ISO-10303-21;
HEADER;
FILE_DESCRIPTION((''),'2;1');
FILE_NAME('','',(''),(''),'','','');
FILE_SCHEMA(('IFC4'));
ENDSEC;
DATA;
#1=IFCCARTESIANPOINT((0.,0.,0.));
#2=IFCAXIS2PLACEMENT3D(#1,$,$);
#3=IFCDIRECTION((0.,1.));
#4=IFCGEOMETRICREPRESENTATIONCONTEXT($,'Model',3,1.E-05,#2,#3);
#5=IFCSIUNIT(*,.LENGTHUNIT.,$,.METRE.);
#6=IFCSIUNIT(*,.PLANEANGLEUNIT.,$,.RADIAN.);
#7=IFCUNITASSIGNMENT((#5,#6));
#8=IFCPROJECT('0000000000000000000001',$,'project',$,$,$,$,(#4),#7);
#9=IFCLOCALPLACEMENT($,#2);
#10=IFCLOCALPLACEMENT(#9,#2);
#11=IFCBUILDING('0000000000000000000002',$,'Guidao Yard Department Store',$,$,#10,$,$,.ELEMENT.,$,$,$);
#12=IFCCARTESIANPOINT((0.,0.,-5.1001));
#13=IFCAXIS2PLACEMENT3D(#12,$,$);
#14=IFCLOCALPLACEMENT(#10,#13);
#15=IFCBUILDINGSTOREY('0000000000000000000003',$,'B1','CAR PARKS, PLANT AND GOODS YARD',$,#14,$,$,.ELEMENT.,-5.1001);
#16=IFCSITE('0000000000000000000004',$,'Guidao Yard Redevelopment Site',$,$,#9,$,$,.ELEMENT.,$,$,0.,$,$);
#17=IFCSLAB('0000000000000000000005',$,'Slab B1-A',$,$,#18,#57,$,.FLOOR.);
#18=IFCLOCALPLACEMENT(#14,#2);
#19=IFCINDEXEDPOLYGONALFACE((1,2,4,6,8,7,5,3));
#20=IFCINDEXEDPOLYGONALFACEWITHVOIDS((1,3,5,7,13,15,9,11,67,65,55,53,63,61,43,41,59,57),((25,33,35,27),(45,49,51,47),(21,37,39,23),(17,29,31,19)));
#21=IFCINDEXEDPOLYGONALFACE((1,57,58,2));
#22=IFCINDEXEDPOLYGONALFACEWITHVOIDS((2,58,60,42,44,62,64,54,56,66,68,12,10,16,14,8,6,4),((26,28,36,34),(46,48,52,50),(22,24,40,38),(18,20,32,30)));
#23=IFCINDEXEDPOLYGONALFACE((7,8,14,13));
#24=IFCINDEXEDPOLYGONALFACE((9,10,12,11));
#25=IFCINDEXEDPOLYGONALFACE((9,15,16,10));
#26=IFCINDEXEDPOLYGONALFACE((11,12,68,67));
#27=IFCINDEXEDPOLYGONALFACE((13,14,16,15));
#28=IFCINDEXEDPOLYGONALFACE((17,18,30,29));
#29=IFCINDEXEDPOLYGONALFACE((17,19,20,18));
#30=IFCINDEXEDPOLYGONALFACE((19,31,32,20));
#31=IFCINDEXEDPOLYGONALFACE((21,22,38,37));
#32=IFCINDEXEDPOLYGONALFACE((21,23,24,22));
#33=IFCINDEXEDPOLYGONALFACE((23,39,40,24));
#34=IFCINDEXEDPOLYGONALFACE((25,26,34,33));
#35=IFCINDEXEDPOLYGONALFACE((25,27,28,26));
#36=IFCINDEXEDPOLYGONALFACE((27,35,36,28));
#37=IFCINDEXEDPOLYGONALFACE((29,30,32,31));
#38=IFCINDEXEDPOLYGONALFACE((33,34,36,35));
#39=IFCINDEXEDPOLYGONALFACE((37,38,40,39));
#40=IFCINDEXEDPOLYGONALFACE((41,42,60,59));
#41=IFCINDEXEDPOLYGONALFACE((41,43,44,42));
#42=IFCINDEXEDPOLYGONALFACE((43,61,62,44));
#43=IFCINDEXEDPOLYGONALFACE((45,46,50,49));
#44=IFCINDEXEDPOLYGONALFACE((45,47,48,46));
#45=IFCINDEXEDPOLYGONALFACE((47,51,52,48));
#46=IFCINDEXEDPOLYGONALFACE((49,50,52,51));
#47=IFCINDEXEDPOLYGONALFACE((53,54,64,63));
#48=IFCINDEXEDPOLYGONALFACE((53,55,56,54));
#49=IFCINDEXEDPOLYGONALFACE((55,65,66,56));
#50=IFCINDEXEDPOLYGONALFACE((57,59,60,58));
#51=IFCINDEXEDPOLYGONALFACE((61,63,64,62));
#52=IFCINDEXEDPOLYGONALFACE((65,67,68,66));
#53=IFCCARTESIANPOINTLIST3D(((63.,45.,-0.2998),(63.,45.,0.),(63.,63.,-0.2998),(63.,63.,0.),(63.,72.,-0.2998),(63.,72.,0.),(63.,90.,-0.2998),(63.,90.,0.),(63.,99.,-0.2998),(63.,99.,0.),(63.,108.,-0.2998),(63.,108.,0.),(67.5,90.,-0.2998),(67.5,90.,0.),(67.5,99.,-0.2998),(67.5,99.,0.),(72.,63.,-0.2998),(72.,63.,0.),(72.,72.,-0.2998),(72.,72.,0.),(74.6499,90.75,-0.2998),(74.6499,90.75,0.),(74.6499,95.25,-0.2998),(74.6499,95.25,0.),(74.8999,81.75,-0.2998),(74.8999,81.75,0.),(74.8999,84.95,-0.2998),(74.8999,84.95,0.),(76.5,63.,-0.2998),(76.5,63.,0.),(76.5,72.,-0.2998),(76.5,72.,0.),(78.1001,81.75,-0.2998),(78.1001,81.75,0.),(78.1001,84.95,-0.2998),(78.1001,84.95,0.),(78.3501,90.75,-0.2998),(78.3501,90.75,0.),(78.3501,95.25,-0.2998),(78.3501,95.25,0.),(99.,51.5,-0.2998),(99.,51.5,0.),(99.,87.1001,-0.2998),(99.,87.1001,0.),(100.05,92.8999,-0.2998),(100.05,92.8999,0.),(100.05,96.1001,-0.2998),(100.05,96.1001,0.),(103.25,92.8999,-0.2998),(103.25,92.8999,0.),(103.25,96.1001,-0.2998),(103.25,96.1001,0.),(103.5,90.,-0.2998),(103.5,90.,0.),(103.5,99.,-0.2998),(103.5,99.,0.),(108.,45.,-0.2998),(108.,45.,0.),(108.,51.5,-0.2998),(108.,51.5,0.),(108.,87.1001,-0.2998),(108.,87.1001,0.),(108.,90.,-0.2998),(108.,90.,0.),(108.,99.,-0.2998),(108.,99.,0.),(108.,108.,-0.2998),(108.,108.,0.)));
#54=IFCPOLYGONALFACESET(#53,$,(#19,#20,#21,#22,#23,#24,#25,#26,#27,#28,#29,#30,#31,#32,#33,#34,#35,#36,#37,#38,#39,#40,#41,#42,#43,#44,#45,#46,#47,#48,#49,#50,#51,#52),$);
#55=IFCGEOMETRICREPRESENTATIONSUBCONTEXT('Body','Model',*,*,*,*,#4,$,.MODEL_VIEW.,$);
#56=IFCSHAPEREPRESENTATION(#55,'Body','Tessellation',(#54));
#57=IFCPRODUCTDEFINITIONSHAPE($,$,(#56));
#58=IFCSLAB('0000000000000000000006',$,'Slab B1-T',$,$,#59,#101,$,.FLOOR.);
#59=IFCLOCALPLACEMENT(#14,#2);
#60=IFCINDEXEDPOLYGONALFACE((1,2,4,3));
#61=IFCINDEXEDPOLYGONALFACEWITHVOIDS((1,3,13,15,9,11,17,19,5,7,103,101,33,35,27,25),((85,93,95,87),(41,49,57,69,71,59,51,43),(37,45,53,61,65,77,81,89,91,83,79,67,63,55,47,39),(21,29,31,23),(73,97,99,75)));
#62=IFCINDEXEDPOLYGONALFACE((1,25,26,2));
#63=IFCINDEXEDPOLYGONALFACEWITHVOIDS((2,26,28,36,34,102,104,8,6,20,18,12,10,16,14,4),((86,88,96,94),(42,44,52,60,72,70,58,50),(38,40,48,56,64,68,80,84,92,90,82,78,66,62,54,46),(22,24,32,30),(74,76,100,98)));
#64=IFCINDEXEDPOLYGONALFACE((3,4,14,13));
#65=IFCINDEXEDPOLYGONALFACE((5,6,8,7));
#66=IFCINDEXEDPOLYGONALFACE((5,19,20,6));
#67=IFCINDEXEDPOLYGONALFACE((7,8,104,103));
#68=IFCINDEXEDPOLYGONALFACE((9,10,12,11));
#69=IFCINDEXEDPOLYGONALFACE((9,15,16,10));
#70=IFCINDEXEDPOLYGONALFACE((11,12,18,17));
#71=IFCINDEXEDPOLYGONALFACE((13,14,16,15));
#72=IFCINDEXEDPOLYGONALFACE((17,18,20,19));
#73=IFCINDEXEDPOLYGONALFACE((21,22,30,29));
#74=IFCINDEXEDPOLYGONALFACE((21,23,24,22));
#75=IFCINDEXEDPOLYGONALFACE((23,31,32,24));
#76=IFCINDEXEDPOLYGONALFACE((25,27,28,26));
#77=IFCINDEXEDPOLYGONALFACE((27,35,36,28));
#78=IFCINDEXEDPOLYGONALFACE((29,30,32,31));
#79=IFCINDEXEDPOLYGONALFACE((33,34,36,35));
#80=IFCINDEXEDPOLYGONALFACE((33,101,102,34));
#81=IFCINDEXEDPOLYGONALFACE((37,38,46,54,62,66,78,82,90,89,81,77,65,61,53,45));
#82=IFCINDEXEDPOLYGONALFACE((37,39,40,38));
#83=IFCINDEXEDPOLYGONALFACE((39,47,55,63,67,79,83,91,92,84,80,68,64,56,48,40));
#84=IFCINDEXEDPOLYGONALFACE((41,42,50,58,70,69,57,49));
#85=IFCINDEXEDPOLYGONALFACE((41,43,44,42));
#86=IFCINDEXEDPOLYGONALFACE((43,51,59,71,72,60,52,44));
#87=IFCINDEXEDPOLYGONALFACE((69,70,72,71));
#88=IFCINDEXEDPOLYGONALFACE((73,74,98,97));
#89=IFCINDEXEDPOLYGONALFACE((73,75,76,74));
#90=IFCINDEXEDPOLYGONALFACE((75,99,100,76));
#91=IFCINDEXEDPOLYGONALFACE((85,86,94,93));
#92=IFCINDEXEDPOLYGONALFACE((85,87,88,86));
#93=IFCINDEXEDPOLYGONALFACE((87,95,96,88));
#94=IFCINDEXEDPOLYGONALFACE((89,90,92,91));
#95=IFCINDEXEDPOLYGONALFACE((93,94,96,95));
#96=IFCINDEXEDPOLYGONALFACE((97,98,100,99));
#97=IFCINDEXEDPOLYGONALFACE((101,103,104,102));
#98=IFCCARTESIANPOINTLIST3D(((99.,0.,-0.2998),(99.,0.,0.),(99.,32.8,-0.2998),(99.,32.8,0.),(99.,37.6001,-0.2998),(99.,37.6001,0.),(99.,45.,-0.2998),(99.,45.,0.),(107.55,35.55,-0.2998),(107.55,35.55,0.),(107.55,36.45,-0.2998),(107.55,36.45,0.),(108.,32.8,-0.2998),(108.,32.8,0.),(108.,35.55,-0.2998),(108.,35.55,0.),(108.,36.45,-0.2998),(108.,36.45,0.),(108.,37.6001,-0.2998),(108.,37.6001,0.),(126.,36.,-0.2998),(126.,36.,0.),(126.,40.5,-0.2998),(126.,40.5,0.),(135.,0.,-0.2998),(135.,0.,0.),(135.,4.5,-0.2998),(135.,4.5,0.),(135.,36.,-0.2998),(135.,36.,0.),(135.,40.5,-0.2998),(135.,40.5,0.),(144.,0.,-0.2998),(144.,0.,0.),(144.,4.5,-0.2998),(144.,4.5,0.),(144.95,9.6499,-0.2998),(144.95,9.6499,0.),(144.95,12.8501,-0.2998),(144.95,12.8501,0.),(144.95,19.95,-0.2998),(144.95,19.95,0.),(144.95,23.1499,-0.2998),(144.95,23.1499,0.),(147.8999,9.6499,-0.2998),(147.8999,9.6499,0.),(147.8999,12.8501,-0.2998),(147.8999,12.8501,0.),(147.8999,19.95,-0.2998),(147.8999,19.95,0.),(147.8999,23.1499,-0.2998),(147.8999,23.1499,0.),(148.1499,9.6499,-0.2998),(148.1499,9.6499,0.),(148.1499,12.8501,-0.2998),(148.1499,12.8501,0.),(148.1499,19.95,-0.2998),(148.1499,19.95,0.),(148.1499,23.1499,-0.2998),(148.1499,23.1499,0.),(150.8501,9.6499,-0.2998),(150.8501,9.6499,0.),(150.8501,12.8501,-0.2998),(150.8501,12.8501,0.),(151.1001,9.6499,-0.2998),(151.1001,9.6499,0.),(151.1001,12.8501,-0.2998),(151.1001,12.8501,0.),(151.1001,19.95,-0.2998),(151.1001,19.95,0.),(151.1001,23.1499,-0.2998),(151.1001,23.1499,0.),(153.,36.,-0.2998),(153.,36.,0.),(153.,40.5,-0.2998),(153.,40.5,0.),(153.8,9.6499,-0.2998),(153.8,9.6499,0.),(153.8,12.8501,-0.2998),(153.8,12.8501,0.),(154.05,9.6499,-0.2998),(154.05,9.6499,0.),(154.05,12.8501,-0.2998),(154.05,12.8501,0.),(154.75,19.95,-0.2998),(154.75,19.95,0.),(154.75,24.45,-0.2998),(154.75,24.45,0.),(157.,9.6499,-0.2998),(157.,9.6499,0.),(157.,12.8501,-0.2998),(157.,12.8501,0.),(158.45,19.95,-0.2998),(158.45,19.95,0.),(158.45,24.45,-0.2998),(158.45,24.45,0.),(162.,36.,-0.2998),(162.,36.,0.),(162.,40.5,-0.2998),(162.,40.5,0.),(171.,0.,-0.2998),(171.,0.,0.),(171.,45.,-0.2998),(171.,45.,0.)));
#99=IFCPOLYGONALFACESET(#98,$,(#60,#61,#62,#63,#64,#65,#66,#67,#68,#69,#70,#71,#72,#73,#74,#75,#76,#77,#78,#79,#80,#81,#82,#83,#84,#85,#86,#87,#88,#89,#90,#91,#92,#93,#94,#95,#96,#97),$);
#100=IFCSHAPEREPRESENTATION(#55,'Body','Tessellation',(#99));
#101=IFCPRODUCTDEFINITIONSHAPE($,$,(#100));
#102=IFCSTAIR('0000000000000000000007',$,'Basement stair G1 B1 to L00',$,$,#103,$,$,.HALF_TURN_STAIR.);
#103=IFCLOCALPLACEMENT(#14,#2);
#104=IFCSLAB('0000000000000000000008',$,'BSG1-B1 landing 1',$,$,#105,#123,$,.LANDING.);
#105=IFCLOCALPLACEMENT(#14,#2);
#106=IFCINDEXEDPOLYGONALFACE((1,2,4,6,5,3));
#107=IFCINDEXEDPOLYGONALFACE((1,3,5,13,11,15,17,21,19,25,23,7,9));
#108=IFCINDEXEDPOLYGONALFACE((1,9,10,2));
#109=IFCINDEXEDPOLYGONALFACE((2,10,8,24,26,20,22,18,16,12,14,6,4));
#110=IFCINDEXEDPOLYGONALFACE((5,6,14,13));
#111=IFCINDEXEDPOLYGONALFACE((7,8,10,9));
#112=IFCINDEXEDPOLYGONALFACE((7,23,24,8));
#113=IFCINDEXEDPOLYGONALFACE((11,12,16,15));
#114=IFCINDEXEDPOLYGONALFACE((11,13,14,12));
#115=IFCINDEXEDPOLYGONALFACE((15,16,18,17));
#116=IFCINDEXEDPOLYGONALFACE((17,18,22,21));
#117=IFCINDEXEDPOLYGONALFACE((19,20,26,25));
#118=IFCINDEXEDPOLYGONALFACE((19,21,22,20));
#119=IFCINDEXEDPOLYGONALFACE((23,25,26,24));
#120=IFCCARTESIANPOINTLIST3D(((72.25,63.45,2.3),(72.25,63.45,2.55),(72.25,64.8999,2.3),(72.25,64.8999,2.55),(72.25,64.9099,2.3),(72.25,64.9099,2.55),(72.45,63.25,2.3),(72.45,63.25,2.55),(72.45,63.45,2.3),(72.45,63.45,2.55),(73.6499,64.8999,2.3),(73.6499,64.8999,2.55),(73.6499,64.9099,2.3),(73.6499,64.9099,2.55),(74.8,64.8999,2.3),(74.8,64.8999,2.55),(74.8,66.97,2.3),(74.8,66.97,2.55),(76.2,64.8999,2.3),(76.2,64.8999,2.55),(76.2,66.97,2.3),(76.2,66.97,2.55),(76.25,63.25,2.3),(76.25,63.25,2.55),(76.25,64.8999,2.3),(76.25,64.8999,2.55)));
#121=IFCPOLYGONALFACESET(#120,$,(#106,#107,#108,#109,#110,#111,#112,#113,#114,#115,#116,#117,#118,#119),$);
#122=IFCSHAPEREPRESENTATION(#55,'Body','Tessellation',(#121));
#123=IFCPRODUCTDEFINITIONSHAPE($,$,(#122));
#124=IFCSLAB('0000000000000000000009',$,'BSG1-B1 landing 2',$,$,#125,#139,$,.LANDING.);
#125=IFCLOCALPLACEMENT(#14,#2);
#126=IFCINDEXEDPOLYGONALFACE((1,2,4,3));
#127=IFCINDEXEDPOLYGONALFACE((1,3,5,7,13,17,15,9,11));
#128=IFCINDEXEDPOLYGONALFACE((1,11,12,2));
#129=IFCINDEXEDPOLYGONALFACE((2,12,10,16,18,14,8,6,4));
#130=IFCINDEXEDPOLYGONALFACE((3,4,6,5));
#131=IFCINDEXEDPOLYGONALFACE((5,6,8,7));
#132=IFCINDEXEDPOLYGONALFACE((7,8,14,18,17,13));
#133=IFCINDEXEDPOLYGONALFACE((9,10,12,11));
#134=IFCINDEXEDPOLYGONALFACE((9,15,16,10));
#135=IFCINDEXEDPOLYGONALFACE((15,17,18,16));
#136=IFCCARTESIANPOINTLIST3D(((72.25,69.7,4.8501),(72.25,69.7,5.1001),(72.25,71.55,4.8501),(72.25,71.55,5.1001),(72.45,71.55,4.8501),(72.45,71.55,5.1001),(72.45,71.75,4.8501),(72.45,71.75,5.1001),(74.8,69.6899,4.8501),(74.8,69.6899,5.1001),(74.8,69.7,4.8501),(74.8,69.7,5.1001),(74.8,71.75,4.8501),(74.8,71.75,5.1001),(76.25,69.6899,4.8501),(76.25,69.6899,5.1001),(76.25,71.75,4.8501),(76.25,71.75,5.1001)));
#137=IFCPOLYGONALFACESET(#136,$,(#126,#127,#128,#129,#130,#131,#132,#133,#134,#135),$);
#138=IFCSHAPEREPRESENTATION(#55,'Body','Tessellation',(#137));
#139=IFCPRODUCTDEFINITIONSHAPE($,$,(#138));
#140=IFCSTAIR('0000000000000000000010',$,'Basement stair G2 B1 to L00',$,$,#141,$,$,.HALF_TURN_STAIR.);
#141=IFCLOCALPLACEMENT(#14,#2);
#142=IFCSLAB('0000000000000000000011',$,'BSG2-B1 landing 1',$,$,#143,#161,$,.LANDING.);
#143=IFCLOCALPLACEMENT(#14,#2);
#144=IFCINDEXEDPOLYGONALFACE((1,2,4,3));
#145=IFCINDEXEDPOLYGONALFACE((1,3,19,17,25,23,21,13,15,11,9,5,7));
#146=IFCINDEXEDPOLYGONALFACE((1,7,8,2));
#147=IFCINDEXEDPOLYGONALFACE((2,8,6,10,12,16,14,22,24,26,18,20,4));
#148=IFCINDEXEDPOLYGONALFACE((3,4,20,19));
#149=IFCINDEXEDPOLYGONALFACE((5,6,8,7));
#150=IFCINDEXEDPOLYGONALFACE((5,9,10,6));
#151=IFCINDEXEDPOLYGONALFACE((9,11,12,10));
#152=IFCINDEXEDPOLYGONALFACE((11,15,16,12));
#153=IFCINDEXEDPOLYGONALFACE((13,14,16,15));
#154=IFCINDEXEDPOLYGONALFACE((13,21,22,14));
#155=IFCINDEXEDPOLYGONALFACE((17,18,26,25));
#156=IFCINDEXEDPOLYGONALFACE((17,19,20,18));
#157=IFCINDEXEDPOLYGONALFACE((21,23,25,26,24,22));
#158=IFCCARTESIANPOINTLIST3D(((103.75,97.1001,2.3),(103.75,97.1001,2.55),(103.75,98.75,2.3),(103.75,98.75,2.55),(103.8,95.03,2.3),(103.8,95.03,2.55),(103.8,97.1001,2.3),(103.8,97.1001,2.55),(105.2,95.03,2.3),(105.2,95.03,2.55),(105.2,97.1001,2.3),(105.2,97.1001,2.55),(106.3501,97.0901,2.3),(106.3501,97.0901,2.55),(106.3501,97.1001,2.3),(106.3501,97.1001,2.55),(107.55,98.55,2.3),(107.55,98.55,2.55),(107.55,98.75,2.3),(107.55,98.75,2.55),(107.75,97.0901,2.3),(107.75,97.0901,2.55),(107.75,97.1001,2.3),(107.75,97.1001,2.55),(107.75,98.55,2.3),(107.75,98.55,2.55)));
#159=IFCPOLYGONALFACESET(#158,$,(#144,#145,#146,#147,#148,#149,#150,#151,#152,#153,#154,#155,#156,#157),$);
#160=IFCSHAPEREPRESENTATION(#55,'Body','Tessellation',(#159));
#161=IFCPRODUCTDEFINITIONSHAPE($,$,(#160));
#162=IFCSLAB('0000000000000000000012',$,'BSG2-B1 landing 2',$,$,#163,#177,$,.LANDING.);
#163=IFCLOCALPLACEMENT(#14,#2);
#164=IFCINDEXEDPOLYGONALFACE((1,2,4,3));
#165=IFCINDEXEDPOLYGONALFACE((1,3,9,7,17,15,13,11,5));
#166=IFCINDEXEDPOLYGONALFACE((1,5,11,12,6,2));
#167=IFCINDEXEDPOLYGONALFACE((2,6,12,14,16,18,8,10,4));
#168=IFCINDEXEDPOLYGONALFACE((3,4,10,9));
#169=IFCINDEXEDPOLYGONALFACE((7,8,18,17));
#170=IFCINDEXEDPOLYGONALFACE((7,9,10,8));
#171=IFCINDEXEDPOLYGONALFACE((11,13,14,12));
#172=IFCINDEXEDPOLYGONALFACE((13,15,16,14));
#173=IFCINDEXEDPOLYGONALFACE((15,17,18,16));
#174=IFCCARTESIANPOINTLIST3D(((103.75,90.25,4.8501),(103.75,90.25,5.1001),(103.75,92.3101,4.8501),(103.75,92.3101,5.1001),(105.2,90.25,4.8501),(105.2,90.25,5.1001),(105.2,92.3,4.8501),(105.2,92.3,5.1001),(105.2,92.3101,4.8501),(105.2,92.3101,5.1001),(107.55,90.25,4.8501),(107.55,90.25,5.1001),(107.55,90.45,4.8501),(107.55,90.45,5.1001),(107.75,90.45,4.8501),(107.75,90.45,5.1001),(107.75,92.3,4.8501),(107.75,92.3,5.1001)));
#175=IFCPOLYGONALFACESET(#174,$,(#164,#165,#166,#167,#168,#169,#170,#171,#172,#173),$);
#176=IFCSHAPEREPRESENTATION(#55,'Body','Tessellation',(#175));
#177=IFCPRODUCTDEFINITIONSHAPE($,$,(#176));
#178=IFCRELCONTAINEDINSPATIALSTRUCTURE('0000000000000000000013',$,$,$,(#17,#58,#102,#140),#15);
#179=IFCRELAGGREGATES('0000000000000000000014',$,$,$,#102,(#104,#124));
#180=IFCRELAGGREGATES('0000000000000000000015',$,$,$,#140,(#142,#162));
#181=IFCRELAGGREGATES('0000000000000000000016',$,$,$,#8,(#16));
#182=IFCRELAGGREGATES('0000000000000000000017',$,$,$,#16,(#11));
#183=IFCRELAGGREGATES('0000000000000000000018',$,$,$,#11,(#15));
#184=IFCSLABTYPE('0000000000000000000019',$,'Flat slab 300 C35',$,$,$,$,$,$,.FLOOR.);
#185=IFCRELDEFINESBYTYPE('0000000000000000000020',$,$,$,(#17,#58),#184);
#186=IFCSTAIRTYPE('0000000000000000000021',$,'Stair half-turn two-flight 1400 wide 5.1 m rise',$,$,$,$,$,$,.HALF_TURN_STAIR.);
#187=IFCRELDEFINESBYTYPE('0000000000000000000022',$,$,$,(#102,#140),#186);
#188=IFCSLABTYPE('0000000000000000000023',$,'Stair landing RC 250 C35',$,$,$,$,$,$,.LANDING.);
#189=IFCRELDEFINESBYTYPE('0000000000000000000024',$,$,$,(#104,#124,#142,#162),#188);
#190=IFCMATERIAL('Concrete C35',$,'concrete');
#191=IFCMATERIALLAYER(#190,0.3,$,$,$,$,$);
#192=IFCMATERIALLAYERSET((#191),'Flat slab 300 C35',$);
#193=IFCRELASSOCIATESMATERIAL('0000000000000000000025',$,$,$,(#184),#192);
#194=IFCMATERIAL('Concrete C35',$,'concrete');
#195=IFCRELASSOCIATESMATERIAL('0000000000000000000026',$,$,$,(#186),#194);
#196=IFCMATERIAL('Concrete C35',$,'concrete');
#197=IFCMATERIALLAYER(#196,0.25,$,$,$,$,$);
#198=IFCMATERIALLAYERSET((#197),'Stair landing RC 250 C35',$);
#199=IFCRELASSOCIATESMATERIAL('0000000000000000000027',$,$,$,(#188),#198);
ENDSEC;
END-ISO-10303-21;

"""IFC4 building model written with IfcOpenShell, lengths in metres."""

from ifc_helpers import new_model, si_unit, direction, frame, origin, place, context, subcontext, project, spatial, polyline, outline, extrude, material, layer, layer_set, type_object, element, aggregate, save


model = new_model("IFC4")

# Units and contexts
model_context = context("Model", 3, precision=1e-05, world=origin(), true_north=direction((0.0, 1.0)))
body_context = subcontext(model_context, "Body", "Model", "MODEL_VIEW")
ifc_project = project(units=[si_unit("LENGTHUNIT", "METRE"), si_unit("PLANEANGLEUNIT", "RADIAN")], contexts=[model_context])

# Site, building, storey
site_placement = place(None, origin())
site = spatial("IfcSite", under=ifc_project, at=site_placement, Name="Guidao Yard Redevelopment Site", CompositionType="ELEMENT", RefElevation=0.0)
building_placement = place(site_placement, origin())
building = spatial("IfcBuilding", under=site, at=building_placement, Name="Guidao Yard Department Store", CompositionType="ELEMENT")
storey_placement = place(building_placement, frame((0.0, 0.0, -5.1001)))
storey = spatial("IfcBuildingStorey", under=building, at=storey_placement, Name="B1", Description="CAR PARKS, PLANT AND GOODS YARD", CompositionType="ELEMENT", Elevation=-5.1001)

# Slabs
ifc_material_1 = material(Name="Concrete C35", Category="concrete")
ifc_layer_1 = layer(ifc_material_1, 0.3)
ifc_layer_set_1 = layer_set([ifc_layer_1], Name="Flat slab 300 C35")
slab_type_1 = type_object("IfcSlabType", Name="Flat slab 300 C35", PredefinedType="FLOOR", material=ifc_layer_set_1)
slab_1_placement = place(storey_placement, frame((0.0, 0.0, -0.2998)))
element("IfcSlab", 1, at=slab_1_placement, inside=storey, type_object=slab_type_1, Name="Slab B1-A", PredefinedType="FLOOR", context=body_context, shape_type="SweptSolid", body=[
    extrude(outline(polyline([(63.0, 45.0), (63.0, 63.0), (63.0, 72.0), (63.0, 90.0), (67.5, 90.0), (67.5, 99.0), (63.0, 99.0), (63.0, 108.0), (108.0, 108.0), (108.0, 99.0), (103.5, 99.0), (103.5, 90.0), (108.0, 90.0), (108.0, 87.1001), (99.0, 87.1001), (99.0, 51.5), (108.0, 51.5), (108.0, 45.0), (63.0, 45.0)]), holes=[polyline([(72.0, 63.0), (76.5, 63.0), (76.5, 72.0), (72.0, 72.0), (72.0, 63.0)]), polyline([(74.8999, 81.75), (78.1001, 81.75), (78.1001, 84.95), (74.8999, 84.95), (74.8999, 81.75)]), polyline([(74.6499, 90.75), (78.3501, 90.75), (78.3501, 95.25), (74.6499, 95.25), (74.6499, 90.75)]), polyline([(100.05, 92.8999), (103.25, 92.8999), (103.25, 96.1001), (100.05, 96.1001), (100.05, 92.8999)])]), origin(), (0.0, 0.0, 1.0), 0.2998),
])
slab_2_placement = place(storey_placement, frame((0.0, 0.0, -0.2998)))
element("IfcSlab", 2, at=slab_2_placement, inside=storey, type_object=slab_type_1, Name="Slab B1-T", PredefinedType="FLOOR", context=body_context, shape_type="SweptSolid", body=[
    extrude(outline(polyline([(171.0, 45.0), (171.0, 0.0), (144.0, 0.0), (144.0, 4.5), (135.0, 4.5), (135.0, 0.0), (99.0, 0.0), (99.0, 32.8), (108.0, 32.8), (108.0, 35.55), (107.55, 35.55), (107.55, 36.45), (108.0, 36.45), (108.0, 37.6001), (99.0, 37.6001), (99.0, 45.0), (171.0, 45.0)]), holes=[polyline([(148.1499, 12.8501), (147.8999, 12.8501), (144.95, 12.8501), (144.95, 9.6499), (147.8999, 9.6499), (148.1499, 9.6499), (150.8501, 9.6499), (151.1001, 9.6499), (153.8, 9.6499), (154.05, 9.6499), (157.0, 9.6499), (157.0, 12.8501), (154.05, 12.8501), (153.8, 12.8501), (151.1001, 12.8501), (150.8501, 12.8501), (148.1499, 12.8501)]), polyline([(147.8999, 19.95), (148.1499, 19.95), (151.1001, 19.95), (151.1001, 23.1499), (148.1499, 23.1499), (147.8999, 23.1499), (144.95, 23.1499), (144.95, 19.95), (147.8999, 19.95)]), polyline([(158.45, 19.95), (158.45, 24.45), (154.75, 24.45), (154.75, 19.95), (158.45, 19.95)]), polyline([(126.0, 36.0), (135.0, 36.0), (135.0, 40.5), (126.0, 40.5), (126.0, 36.0)]), polyline([(153.0, 36.0), (162.0, 36.0), (162.0, 40.5), (153.0, 40.5), (153.0, 36.0)])]), origin(), (0.0, 0.0, 1.0), 0.2998),
])

# Stairs, slabs
ifc_material_2 = material(Name="Concrete C35", Category="concrete")
stair_type = type_object("IfcStairType", Name="Stair half-turn two-flight 1400 wide 5.1 m rise", PredefinedType="HALF_TURN_STAIR", material=ifc_material_2)
stair_1_placement = place(storey_placement, origin())
stair_1 = element("IfcStair", 3, at=stair_1_placement, inside=storey, type_object=stair_type, Name="Basement stair G1 B1 to L00", PredefinedType="HALF_TURN_STAIR")
ifc_material_3 = material(Name="Concrete C35", Category="concrete")
ifc_layer_2 = layer(ifc_material_3, 0.25)
ifc_layer_set_2 = layer_set([ifc_layer_2], Name="Stair landing RC 250 C35")
slab_type_2 = type_object("IfcSlabType", Name="Stair landing RC 250 C35", PredefinedType="LANDING", material=ifc_layer_set_2)
slab_3_placement = place(storey_placement, frame((0.0, 0.0, 2.3)))
slab_3 = element("IfcSlab", 4, at=slab_3_placement, type_object=slab_type_2, Name="BSG1-B1 landing 1", PredefinedType="LANDING", context=body_context, shape_type="SweptSolid", body=[
    extrude(outline(polyline([(72.45, 63.25), (72.45, 63.45), (72.25, 63.45), (72.25, 64.8999), (72.25, 64.9099), (73.6499, 64.9099), (73.6499, 64.8999), (74.8, 64.8999), (74.8, 66.97), (76.2, 66.97), (76.2, 64.8999), (76.25, 64.8999), (76.25, 63.25), (72.45, 63.25)])), origin(), (0.0, 0.0, 1.0), 0.25),
])
slab_4_placement = place(storey_placement, frame((0.0, 0.0, 4.8501)))
slab_4 = element("IfcSlab", 5, at=slab_4_placement, type_object=slab_type_2, Name="BSG1-B1 landing 2", PredefinedType="LANDING", context=body_context, shape_type="SweptSolid", body=[
    extrude(outline(polyline([(74.8, 69.6899), (74.8, 69.7), (72.25, 69.7), (72.25, 71.55), (72.45, 71.55), (72.45, 71.75), (74.8, 71.75), (76.25, 71.75), (76.25, 69.6899), (74.8, 69.6899)])), origin(), (0.0, 0.0, 1.0), 0.25),
])
aggregate(stair_1, [slab_3, slab_4])
stair_2_placement = place(storey_placement, origin())
stair_2 = element("IfcStair", 6, at=stair_2_placement, inside=storey, type_object=stair_type, Name="Basement stair G2 B1 to L00", PredefinedType="HALF_TURN_STAIR")
slab_5_placement = place(storey_placement, frame((0.0, 0.0, 2.3)))
slab_5 = element("IfcSlab", 7, at=slab_5_placement, type_object=slab_type_2, Name="BSG2-B1 landing 1", PredefinedType="LANDING", context=body_context, shape_type="SweptSolid", body=[
    extrude(outline(polyline([(103.8, 97.1001), (103.75, 97.1001), (103.75, 98.75), (107.55, 98.75), (107.55, 98.55), (107.75, 98.55), (107.75, 97.1001), (107.75, 97.0901), (106.3501, 97.0901), (106.3501, 97.1001), (105.2, 97.1001), (105.2, 95.03), (103.8, 95.03), (103.8, 97.1001)])), origin(), (0.0, 0.0, 1.0), 0.25),
])
slab_6_placement = place(storey_placement, frame((0.0, 0.0, 4.8501)))
slab_6 = element("IfcSlab", 8, at=slab_6_placement, type_object=slab_type_2, Name="BSG2-B1 landing 2", PredefinedType="LANDING", context=body_context, shape_type="SweptSolid", body=[
    extrude(outline(polyline([(107.55, 90.45), (107.55, 90.25), (105.2, 90.25), (103.75, 90.25), (103.75, 92.3101), (105.2, 92.3101), (105.2, 92.3), (107.75, 92.3), (107.75, 90.45), (107.55, 90.45)])), origin(), (0.0, 0.0, 1.0), 0.25),
])
aggregate(stair_2, [slab_5, slab_6])

save(model, "model.ifc")
